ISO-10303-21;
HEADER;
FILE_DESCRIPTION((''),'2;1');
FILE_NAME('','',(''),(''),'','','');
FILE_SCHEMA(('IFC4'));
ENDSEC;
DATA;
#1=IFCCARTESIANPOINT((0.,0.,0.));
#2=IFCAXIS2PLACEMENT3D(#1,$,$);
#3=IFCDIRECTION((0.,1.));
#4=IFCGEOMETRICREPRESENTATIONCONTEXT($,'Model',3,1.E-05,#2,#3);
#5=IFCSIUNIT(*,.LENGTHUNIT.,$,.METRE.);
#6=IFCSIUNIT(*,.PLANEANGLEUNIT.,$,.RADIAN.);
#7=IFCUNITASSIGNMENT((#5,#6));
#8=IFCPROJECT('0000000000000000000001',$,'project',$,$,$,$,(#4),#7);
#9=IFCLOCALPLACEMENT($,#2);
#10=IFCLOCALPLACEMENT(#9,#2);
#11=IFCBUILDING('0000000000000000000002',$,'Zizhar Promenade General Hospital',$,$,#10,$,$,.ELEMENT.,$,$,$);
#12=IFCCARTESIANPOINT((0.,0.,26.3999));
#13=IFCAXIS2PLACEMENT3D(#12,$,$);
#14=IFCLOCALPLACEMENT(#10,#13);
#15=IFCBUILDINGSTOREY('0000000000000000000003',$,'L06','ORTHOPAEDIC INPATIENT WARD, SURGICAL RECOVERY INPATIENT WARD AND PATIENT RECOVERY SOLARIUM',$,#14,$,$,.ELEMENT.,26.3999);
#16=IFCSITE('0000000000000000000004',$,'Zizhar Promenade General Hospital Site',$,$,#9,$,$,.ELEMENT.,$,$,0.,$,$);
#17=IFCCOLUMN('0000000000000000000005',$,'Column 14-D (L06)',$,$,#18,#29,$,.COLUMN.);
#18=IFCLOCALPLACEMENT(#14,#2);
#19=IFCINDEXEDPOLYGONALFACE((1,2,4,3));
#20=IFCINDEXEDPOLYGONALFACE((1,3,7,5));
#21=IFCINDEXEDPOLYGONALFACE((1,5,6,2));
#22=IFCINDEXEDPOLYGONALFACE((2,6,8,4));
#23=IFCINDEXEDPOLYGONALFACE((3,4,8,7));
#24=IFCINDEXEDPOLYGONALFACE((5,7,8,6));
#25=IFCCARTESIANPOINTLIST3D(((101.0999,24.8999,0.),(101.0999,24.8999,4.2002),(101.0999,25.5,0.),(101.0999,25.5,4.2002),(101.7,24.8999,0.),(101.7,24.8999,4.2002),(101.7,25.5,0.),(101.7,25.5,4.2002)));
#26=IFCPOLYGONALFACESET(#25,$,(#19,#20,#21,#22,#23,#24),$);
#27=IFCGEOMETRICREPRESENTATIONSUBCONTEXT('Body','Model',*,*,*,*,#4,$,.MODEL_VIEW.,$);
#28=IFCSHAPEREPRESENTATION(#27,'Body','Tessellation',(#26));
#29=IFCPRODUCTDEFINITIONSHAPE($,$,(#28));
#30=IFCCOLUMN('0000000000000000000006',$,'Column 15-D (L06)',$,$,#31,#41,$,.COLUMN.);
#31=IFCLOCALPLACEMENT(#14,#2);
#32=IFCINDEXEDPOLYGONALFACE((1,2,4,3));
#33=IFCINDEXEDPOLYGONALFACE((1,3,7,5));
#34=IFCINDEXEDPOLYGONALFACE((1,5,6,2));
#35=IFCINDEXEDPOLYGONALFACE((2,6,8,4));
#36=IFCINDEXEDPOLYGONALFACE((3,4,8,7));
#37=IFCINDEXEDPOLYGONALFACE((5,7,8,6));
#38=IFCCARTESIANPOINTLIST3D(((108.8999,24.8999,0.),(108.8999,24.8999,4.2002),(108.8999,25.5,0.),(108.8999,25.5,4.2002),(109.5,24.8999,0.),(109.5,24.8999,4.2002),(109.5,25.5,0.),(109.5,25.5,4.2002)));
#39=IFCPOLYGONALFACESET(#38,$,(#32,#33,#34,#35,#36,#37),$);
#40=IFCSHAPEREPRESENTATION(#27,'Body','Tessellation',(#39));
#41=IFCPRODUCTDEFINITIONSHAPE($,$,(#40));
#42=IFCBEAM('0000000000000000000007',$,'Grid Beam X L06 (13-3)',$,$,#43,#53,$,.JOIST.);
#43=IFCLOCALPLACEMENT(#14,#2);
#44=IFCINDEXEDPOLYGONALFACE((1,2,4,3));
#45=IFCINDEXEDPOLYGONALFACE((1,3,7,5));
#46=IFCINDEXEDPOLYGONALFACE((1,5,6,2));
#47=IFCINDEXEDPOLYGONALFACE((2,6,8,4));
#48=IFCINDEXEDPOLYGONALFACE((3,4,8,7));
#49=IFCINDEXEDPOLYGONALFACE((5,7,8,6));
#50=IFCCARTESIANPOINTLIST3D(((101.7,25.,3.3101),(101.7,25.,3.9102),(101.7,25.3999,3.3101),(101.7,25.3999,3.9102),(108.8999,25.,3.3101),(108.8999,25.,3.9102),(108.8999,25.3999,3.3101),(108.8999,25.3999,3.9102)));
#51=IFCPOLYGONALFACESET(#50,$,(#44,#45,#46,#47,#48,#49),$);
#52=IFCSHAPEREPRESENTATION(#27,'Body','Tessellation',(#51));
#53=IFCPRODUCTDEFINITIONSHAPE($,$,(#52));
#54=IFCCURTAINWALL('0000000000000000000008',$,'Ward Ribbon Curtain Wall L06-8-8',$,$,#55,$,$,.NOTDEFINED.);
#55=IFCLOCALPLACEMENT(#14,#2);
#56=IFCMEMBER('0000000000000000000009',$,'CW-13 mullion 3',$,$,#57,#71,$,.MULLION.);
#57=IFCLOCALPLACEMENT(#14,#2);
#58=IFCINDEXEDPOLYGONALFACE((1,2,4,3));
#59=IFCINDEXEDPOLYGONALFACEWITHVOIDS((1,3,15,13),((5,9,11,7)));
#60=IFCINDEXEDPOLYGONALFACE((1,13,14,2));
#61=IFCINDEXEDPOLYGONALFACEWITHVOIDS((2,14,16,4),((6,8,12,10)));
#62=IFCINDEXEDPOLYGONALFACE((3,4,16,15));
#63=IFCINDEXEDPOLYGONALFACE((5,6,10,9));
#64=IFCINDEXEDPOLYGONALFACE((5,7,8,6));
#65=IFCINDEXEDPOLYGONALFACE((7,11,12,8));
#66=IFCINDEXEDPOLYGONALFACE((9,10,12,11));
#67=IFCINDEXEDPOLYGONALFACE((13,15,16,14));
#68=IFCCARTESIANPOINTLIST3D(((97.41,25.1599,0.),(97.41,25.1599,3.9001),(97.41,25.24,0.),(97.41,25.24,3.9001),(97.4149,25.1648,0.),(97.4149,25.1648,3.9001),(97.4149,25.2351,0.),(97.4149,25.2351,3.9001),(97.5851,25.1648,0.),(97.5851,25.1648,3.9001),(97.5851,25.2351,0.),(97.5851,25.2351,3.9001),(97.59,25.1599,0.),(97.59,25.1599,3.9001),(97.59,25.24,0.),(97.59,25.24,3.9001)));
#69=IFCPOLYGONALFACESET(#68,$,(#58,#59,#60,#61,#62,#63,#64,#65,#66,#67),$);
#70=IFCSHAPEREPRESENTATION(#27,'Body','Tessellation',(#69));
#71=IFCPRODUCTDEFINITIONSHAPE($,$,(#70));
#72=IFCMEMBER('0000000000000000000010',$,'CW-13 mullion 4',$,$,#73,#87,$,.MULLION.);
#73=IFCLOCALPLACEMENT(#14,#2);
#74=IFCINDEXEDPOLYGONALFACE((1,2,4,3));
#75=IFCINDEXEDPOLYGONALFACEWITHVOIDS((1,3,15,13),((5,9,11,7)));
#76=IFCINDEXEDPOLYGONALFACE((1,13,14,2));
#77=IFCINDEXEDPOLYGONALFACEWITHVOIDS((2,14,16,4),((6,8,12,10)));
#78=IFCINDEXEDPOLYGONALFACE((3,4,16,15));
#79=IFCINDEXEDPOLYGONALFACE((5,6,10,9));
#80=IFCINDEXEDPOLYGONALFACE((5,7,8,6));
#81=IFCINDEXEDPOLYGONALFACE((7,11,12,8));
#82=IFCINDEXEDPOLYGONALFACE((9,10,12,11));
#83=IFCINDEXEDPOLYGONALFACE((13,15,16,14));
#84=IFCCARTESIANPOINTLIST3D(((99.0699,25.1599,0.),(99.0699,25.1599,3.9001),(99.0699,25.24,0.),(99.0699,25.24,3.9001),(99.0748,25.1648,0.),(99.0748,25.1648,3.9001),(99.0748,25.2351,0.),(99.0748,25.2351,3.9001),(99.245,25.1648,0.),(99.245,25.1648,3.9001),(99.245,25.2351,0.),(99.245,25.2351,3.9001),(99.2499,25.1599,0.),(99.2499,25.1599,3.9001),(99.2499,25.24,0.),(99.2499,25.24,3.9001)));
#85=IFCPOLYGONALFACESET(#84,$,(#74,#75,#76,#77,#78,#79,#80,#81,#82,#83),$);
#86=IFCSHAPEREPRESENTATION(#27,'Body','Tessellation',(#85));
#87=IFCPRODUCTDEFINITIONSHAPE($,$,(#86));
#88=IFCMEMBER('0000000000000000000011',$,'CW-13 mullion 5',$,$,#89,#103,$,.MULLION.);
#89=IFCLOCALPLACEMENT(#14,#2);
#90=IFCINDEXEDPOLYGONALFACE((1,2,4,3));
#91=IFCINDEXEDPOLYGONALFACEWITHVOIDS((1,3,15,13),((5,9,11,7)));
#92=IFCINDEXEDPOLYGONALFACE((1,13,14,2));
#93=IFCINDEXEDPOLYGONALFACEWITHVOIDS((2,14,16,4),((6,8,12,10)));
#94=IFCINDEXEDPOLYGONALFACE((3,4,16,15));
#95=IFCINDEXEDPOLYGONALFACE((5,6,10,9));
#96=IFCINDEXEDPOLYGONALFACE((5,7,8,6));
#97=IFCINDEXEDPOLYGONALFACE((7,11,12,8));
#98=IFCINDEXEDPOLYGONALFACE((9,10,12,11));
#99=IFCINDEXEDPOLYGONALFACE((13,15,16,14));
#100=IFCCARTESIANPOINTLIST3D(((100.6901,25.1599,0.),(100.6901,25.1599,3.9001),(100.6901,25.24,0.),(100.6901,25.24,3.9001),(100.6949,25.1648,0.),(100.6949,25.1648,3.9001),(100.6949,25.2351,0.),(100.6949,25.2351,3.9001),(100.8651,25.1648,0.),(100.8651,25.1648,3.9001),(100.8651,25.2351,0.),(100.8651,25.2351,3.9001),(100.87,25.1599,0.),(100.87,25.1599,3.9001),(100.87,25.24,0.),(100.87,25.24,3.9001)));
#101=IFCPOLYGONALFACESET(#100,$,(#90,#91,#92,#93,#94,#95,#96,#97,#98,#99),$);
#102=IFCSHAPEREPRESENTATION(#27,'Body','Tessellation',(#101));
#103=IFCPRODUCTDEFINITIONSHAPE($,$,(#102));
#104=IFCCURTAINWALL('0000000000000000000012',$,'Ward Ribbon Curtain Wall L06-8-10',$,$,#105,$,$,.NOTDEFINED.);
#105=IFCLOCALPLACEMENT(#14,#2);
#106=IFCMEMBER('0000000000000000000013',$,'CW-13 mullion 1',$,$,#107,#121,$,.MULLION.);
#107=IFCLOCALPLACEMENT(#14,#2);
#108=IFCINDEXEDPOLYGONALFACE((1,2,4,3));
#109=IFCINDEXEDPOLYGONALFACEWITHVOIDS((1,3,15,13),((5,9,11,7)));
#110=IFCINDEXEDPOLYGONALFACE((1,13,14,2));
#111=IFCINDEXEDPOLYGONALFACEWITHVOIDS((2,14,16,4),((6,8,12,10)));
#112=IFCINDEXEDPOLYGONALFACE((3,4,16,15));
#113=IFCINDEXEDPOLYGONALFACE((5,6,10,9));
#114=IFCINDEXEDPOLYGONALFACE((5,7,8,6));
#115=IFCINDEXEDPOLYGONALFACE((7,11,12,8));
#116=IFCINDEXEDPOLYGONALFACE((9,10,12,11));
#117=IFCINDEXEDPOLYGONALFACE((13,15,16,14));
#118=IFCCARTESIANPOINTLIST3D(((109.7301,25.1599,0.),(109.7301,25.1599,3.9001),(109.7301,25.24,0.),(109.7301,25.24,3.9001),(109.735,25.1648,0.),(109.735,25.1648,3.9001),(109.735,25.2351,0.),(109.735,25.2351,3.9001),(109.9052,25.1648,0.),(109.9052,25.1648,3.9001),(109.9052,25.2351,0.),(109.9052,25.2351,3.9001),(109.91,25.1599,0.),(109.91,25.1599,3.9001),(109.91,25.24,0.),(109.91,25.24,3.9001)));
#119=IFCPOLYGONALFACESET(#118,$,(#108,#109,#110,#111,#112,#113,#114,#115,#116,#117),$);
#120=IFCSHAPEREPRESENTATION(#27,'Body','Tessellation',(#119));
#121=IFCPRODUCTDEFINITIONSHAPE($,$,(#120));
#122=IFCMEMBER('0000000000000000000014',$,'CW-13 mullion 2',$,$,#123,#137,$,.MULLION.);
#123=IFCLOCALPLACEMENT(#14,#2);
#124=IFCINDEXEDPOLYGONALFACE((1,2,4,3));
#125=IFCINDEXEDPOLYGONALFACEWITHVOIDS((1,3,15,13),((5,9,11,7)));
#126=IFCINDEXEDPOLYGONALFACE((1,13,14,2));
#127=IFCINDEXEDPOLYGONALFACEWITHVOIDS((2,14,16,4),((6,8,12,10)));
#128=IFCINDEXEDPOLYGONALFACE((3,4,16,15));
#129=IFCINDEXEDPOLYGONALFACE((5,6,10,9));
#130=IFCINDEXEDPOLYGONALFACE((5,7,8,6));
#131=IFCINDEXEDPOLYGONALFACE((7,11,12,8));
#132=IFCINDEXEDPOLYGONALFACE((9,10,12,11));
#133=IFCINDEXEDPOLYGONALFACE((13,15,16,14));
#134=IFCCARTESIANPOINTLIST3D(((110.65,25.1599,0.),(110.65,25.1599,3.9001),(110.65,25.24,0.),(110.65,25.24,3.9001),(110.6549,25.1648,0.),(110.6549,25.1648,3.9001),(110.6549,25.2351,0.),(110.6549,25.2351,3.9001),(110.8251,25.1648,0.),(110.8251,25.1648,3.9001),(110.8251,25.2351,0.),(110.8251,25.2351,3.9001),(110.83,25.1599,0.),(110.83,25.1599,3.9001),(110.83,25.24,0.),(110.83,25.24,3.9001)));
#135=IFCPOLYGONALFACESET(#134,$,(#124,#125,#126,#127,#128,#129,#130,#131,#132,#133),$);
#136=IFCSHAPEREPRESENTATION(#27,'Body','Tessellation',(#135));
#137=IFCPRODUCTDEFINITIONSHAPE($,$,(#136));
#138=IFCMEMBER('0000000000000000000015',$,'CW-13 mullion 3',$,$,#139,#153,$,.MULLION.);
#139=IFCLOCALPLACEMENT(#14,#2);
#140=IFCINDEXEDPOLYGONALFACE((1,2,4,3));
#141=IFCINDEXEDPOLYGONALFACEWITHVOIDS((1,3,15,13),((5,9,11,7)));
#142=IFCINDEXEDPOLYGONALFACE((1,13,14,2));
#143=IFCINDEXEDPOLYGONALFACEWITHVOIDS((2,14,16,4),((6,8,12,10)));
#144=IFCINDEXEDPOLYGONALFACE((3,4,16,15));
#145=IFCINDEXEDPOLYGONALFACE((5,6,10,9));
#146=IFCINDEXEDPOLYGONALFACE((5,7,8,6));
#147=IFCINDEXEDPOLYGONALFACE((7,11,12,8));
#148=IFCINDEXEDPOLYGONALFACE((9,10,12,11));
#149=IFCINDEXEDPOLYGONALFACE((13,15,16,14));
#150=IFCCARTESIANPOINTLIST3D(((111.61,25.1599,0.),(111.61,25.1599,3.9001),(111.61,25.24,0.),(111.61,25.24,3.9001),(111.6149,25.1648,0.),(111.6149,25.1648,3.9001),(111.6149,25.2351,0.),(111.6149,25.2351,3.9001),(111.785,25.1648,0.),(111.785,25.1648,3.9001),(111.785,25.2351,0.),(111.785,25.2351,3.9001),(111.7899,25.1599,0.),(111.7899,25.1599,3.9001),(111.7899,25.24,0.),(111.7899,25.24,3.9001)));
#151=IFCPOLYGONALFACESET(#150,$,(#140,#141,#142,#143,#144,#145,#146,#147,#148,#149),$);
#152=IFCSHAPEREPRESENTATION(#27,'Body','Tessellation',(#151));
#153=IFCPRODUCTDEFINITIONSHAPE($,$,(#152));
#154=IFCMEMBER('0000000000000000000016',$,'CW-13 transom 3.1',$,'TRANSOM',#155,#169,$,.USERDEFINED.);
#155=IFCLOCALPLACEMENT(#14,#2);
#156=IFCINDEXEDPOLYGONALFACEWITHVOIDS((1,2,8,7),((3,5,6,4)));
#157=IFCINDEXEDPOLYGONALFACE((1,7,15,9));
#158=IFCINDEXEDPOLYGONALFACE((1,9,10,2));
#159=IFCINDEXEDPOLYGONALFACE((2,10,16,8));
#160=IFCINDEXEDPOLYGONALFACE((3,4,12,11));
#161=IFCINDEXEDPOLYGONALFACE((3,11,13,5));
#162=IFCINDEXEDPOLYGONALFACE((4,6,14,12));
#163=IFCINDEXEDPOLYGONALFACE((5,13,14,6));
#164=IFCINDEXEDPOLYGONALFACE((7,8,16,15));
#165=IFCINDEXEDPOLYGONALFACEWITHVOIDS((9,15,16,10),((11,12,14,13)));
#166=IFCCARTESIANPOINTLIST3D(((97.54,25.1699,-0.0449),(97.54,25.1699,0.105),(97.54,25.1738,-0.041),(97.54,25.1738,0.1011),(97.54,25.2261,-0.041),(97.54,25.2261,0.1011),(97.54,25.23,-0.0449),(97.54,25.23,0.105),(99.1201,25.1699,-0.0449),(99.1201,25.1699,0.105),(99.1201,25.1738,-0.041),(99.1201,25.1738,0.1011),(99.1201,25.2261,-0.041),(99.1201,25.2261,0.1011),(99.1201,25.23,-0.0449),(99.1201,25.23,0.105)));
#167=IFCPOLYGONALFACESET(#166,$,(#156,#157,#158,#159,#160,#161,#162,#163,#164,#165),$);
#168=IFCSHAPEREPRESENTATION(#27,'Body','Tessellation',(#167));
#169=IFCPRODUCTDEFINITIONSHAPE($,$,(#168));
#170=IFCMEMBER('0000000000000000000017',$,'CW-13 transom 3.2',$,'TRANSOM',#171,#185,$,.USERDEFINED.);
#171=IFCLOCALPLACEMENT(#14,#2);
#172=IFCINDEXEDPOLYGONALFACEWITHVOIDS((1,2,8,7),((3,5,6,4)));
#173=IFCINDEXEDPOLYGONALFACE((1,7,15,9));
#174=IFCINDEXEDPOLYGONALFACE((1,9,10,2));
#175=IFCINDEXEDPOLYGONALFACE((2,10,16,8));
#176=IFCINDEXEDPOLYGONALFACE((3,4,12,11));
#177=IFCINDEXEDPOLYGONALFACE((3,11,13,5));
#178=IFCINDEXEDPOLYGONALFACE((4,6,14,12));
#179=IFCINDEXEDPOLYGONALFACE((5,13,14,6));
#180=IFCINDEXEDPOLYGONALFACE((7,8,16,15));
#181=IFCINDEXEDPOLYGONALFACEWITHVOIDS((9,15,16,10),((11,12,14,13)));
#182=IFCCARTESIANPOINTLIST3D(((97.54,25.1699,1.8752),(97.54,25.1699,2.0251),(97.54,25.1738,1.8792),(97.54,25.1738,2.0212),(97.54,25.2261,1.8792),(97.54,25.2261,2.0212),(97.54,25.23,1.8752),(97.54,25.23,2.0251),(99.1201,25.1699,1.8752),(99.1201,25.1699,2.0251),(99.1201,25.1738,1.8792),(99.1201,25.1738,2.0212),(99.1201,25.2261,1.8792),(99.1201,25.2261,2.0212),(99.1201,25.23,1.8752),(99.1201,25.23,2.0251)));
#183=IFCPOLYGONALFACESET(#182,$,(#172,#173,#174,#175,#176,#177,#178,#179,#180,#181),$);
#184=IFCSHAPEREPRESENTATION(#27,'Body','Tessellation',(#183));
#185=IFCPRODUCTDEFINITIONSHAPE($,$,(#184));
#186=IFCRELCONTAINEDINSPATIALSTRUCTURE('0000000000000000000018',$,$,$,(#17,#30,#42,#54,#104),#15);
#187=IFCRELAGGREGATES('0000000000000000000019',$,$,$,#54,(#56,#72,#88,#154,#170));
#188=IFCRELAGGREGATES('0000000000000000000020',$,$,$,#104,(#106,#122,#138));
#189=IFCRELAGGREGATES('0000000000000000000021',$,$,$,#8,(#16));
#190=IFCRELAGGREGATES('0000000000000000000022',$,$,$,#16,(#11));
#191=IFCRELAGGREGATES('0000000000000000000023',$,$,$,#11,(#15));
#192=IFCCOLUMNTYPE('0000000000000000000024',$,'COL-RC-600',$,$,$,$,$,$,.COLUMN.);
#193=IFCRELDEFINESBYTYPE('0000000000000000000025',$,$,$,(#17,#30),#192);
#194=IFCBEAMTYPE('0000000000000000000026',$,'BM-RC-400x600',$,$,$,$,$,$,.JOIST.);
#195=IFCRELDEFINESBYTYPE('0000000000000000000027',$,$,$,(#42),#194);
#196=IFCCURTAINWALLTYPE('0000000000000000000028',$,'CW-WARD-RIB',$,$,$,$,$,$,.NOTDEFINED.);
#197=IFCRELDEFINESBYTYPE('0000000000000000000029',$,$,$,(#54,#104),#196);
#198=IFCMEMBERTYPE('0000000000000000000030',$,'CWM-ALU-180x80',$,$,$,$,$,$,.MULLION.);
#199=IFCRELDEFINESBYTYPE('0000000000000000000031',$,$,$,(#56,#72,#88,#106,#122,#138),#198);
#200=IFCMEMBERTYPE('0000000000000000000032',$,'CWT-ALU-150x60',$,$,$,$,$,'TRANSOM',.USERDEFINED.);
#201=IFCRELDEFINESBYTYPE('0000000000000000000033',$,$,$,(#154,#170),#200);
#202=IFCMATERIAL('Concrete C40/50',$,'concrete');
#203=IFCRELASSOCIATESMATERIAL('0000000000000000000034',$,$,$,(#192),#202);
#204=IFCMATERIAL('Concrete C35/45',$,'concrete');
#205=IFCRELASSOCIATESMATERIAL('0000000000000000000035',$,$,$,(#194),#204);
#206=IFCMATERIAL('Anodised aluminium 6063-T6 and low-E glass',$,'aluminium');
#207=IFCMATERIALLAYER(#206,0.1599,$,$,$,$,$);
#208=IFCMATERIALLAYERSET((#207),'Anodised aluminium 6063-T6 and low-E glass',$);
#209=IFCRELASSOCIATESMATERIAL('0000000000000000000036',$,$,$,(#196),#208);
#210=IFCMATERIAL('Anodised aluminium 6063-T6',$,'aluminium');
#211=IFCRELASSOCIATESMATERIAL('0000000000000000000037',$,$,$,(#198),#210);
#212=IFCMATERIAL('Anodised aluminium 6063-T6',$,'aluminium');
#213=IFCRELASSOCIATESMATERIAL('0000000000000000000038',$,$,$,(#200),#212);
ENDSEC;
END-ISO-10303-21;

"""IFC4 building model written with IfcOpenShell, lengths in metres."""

from ifc_helpers import new_model, si_unit, direction, frame, origin, origin_2d, place, context, subcontext, project, spatial, rectangle, hollow_rectangle, extrude, material, layer, layer_set, material_profile, profile_set, type_object, element, aggregate, save


model = new_model("IFC4")

# Units and contexts
model_context = context("Model", 3, precision=1e-05, world=origin(), true_north=direction((0.0, 1.0)))
body_context = subcontext(model_context, "Body", "Model", "MODEL_VIEW")
ifc_project = project(units=[si_unit("LENGTHUNIT", "METRE"), si_unit("PLANEANGLEUNIT", "RADIAN")], contexts=[model_context])

# Site, building, storey
site_placement = place(None, origin())
site = spatial("IfcSite", under=ifc_project, at=site_placement, Name="Zizhar Promenade General Hospital Site", CompositionType="ELEMENT", RefElevation=0.0)
building_placement = place(site_placement, origin())
building = spatial("IfcBuilding", under=site, at=building_placement, Name="Zizhar Promenade General Hospital", CompositionType="ELEMENT")
storey_placement = place(building_placement, frame((0.0, 0.0, 26.3999)))
storey = spatial("IfcBuildingStorey", under=building, at=storey_placement, Name="L06", Description="ORTHOPAEDIC INPATIENT WARD, SURGICAL RECOVERY INPATIENT WARD AND PATIENT RECOVERY SOLARIUM", CompositionType="ELEMENT", Elevation=26.3999)

# Columns
ifc_material_1 = material(Name="Concrete C40/50", Category="concrete")
ifc_material_profile_1 = material_profile(ifc_material_1, rectangle(XDim=0.6001, YDim=0.6001, at=origin_2d()))
ifc_profile_set_1 = profile_set([ifc_material_profile_1], Name="Concrete C40/50")
column_type = type_object("IfcColumnType", Name="COL-RC-600", PredefinedType="COLUMN", material=ifc_profile_set_1)
for number, where, z_axis, x_axis, name in (
    (1, (101.3999, 25.2, 0.0), (0.0, 0.0, 1.0), (1.0, 0.0, 0.0), "Column 14-D (L06)"),
    (2, (109.2, 25.2, 0.0), (0.0, 0.0, 1.0), (1.0, 0.0, 0.0), "Column 15-D (L06)"),
):
    element("IfcColumn", number, at=place(storey_placement, frame(where, z_axis=z_axis, x_axis=x_axis)), inside=storey, type_object=column_type, Name=name, PredefinedType="COLUMN", context=body_context, shape_type="SweptSolid", body=[
        extrude(rectangle(XDim=0.6001, YDim=0.6001, at=origin_2d()), origin(), (0.0, 0.0, 1.0), 4.2002),
    ])

# Beam
ifc_material_2 = material(Name="Concrete C35/45", Category="concrete")
ifc_material_profile_2 = material_profile(ifc_material_2, rectangle(XDim=0.3999, YDim=0.6001, at=origin_2d()))
ifc_profile_set_2 = profile_set([ifc_material_profile_2], Name="Concrete C35/45")
beam_type = type_object("IfcBeamType", Name="BM-RC-400x600", PredefinedType="JOIST", material=ifc_profile_set_2)
beam_placement = place(storey_placement, frame((101.7, 25.2, 3.6101), z_axis=(1.0, 0.0, 0.0), x_axis=(0.0, 1.0, 0.0)))
element("IfcBeam", 3, at=beam_placement, inside=storey, type_object=beam_type, Name="Grid Beam X L06 (13-3)", PredefinedType="JOIST", context=body_context, shape_type="SweptSolid", body=[
    extrude(rectangle(XDim=0.3999, YDim=0.6001, at=origin_2d()), origin(), (0.0, 0.0, 1.0), 7.2),
])

# Curtain walls, members
ifc_material_3 = material(Name="Anodised aluminium 6063-T6 and low-E glass", Category="aluminium")
ifc_layer_1 = layer(ifc_material_3, 0.1599)
ifc_layer_set_1 = layer_set([ifc_layer_1], Name="Anodised aluminium 6063-T6 and low-E glass")
curtain_wall_type = type_object("IfcCurtainWallType", Name="CW-WARD-RIB", PredefinedType="NOTDEFINED", material=ifc_layer_set_1)
curtain_wall_1_placement = place(storey_placement, origin())
curtain_wall_1 = element("IfcCurtainWall", 4, at=curtain_wall_1_placement, inside=storey, type_object=curtain_wall_type, Name="Ward Ribbon Curtain Wall L06-8-8", PredefinedType="NOTDEFINED")
ifc_material_4 = material(Name="Anodised aluminium 6063-T6", Category="aluminium")
ifc_material_profile_3 = material_profile(ifc_material_4, hollow_rectangle(XDim=0.0801, YDim=0.1799, WallThickness=0.0049, at=origin_2d()))
ifc_profile_set_3 = profile_set([ifc_material_profile_3], Name="Anodised aluminium 6063-T6")
member_type_1 = type_object("IfcMemberType", Name="CWM-ALU-180x80", PredefinedType="MULLION", material=ifc_profile_set_3)
member_1_placement = place(storey_placement, frame((97.5, 25.2, 0.0), z_axis=(0.0, 0.0, 1.0), x_axis=(0.0, 1.0, 0.0)))
member_1 = element("IfcMember", 5, at=member_1_placement, type_object=member_type_1, Name="CW-13 mullion 3", PredefinedType="MULLION", context=body_context, shape_type="SweptSolid", body=[
    extrude(hollow_rectangle(XDim=0.0801, YDim=0.1799, WallThickness=0.0049, at=origin_2d()), origin(), (0.0, 0.0, 1.0), 3.9001),
])
member_2_placement = place(storey_placement, frame((99.1599, 25.2, 0.0), z_axis=(0.0, 0.0, 1.0), x_axis=(0.0, 1.0, 0.0)))
member_2 = element("IfcMember", 6, at=member_2_placement, type_object=member_type_1, Name="CW-13 mullion 4", PredefinedType="MULLION", context=body_context, shape_type="SweptSolid", body=[
    extrude(hollow_rectangle(XDim=0.0801, YDim=0.1799, WallThickness=0.0049, at=origin_2d()), origin(), (0.0, 0.0, 1.0), 3.9001),
])
member_3_placement = place(storey_placement, frame((100.78, 25.2, 0.0), z_axis=(0.0, 0.0, 1.0), x_axis=(0.0, 1.0, 0.0)))
member_3 = element("IfcMember", 7, at=member_3_placement, type_object=member_type_1, Name="CW-13 mullion 5", PredefinedType="MULLION", context=body_context, shape_type="SweptSolid", body=[
    extrude(hollow_rectangle(XDim=0.0801, YDim=0.1799, WallThickness=0.0049, at=origin_2d()), origin(), (0.0, 0.0, 1.0), 3.9001),
])
curtain_wall_2_placement = place(storey_placement, origin())
curtain_wall_2 = element("IfcCurtainWall", 8, at=curtain_wall_2_placement, inside=storey, type_object=curtain_wall_type, Name="Ward Ribbon Curtain Wall L06-8-10", PredefinedType="NOTDEFINED")
member_4_placement = place(storey_placement, frame((109.8201, 25.2, 0.0), z_axis=(0.0, 0.0, 1.0), x_axis=(0.0, 1.0, 0.0)))
member_4 = element("IfcMember", 9, at=member_4_placement, type_object=member_type_1, Name="CW-13 mullion 1", PredefinedType="MULLION", context=body_context, shape_type="SweptSolid", body=[
    extrude(hollow_rectangle(XDim=0.0801, YDim=0.1799, WallThickness=0.0049, at=origin_2d()), origin(), (0.0, 0.0, 1.0), 3.9001),
])
member_5_placement = place(storey_placement, frame((110.74, 25.2, 0.0), z_axis=(0.0, 0.0, 1.0), x_axis=(0.0, 1.0, 0.0)))
member_5 = element("IfcMember", 10, at=member_5_placement, type_object=member_type_1, Name="CW-13 mullion 2", PredefinedType="MULLION", context=body_context, shape_type="SweptSolid", body=[
    extrude(hollow_rectangle(XDim=0.0801, YDim=0.1799, WallThickness=0.0049, at=origin_2d()), origin(), (0.0, 0.0, 1.0), 3.9001),
])
member_6_placement = place(storey_placement, frame((111.7, 25.2, 0.0), z_axis=(0.0, 0.0, 1.0), x_axis=(0.0, 1.0, 0.0)))
member_6 = element("IfcMember", 11, at=member_6_placement, type_object=member_type_1, Name="CW-13 mullion 3", PredefinedType="MULLION", context=body_context, shape_type="SweptSolid", body=[
    extrude(hollow_rectangle(XDim=0.0801, YDim=0.1799, WallThickness=0.0049, at=origin_2d()), origin(), (0.0, 0.0, 1.0), 3.9001),
])

# Members
ifc_material_5 = material(Name="Anodised aluminium 6063-T6", Category="aluminium")
ifc_material_profile_4 = material_profile(ifc_material_5, hollow_rectangle(XDim=0.0601, YDim=0.1499, WallThickness=0.0039, at=origin_2d()))
ifc_profile_set_4 = profile_set([ifc_material_profile_4], Name="Anodised aluminium 6063-T6")
member_type_2 = type_object("IfcMemberType", Name="CWT-ALU-150x60", ElementType="TRANSOM", PredefinedType="USERDEFINED", material=ifc_profile_set_4)
member_7_placement = place(storey_placement, frame((97.54, 25.2, 0.03), z_axis=(1.0, 0.0, 0.0), x_axis=(0.0, 1.0, 0.0)))
member_7 = element("IfcMember", 12, at=member_7_placement, type_object=member_type_2, Name="CW-13 transom 3.1", ObjectType="TRANSOM", PredefinedType="USERDEFINED", context=body_context, shape_type="SweptSolid", body=[
    extrude(hollow_rectangle(XDim=0.0601, YDim=0.1499, WallThickness=0.0039, at=origin_2d()), origin(), (0.0, 0.0, 1.0), 1.5801),
])
member_8_placement = place(storey_placement, frame((97.54, 25.2, 1.9502), z_axis=(1.0, 0.0, 0.0), x_axis=(0.0, 1.0, 0.0)))
member_8 = element("IfcMember", 13, at=member_8_placement, type_object=member_type_2, Name="CW-13 transom 3.2", ObjectType="TRANSOM", PredefinedType="USERDEFINED", context=body_context, shape_type="SweptSolid", body=[
    extrude(hollow_rectangle(XDim=0.0601, YDim=0.1499, WallThickness=0.0039, at=origin_2d()), origin(), (0.0, 0.0, 1.0), 1.5801),
])

aggregate(curtain_wall_1, [member_1, member_2, member_3, member_7, member_8])
aggregate(curtain_wall_2, [member_4, member_5, member_6])

save(model, "model.ifc")
